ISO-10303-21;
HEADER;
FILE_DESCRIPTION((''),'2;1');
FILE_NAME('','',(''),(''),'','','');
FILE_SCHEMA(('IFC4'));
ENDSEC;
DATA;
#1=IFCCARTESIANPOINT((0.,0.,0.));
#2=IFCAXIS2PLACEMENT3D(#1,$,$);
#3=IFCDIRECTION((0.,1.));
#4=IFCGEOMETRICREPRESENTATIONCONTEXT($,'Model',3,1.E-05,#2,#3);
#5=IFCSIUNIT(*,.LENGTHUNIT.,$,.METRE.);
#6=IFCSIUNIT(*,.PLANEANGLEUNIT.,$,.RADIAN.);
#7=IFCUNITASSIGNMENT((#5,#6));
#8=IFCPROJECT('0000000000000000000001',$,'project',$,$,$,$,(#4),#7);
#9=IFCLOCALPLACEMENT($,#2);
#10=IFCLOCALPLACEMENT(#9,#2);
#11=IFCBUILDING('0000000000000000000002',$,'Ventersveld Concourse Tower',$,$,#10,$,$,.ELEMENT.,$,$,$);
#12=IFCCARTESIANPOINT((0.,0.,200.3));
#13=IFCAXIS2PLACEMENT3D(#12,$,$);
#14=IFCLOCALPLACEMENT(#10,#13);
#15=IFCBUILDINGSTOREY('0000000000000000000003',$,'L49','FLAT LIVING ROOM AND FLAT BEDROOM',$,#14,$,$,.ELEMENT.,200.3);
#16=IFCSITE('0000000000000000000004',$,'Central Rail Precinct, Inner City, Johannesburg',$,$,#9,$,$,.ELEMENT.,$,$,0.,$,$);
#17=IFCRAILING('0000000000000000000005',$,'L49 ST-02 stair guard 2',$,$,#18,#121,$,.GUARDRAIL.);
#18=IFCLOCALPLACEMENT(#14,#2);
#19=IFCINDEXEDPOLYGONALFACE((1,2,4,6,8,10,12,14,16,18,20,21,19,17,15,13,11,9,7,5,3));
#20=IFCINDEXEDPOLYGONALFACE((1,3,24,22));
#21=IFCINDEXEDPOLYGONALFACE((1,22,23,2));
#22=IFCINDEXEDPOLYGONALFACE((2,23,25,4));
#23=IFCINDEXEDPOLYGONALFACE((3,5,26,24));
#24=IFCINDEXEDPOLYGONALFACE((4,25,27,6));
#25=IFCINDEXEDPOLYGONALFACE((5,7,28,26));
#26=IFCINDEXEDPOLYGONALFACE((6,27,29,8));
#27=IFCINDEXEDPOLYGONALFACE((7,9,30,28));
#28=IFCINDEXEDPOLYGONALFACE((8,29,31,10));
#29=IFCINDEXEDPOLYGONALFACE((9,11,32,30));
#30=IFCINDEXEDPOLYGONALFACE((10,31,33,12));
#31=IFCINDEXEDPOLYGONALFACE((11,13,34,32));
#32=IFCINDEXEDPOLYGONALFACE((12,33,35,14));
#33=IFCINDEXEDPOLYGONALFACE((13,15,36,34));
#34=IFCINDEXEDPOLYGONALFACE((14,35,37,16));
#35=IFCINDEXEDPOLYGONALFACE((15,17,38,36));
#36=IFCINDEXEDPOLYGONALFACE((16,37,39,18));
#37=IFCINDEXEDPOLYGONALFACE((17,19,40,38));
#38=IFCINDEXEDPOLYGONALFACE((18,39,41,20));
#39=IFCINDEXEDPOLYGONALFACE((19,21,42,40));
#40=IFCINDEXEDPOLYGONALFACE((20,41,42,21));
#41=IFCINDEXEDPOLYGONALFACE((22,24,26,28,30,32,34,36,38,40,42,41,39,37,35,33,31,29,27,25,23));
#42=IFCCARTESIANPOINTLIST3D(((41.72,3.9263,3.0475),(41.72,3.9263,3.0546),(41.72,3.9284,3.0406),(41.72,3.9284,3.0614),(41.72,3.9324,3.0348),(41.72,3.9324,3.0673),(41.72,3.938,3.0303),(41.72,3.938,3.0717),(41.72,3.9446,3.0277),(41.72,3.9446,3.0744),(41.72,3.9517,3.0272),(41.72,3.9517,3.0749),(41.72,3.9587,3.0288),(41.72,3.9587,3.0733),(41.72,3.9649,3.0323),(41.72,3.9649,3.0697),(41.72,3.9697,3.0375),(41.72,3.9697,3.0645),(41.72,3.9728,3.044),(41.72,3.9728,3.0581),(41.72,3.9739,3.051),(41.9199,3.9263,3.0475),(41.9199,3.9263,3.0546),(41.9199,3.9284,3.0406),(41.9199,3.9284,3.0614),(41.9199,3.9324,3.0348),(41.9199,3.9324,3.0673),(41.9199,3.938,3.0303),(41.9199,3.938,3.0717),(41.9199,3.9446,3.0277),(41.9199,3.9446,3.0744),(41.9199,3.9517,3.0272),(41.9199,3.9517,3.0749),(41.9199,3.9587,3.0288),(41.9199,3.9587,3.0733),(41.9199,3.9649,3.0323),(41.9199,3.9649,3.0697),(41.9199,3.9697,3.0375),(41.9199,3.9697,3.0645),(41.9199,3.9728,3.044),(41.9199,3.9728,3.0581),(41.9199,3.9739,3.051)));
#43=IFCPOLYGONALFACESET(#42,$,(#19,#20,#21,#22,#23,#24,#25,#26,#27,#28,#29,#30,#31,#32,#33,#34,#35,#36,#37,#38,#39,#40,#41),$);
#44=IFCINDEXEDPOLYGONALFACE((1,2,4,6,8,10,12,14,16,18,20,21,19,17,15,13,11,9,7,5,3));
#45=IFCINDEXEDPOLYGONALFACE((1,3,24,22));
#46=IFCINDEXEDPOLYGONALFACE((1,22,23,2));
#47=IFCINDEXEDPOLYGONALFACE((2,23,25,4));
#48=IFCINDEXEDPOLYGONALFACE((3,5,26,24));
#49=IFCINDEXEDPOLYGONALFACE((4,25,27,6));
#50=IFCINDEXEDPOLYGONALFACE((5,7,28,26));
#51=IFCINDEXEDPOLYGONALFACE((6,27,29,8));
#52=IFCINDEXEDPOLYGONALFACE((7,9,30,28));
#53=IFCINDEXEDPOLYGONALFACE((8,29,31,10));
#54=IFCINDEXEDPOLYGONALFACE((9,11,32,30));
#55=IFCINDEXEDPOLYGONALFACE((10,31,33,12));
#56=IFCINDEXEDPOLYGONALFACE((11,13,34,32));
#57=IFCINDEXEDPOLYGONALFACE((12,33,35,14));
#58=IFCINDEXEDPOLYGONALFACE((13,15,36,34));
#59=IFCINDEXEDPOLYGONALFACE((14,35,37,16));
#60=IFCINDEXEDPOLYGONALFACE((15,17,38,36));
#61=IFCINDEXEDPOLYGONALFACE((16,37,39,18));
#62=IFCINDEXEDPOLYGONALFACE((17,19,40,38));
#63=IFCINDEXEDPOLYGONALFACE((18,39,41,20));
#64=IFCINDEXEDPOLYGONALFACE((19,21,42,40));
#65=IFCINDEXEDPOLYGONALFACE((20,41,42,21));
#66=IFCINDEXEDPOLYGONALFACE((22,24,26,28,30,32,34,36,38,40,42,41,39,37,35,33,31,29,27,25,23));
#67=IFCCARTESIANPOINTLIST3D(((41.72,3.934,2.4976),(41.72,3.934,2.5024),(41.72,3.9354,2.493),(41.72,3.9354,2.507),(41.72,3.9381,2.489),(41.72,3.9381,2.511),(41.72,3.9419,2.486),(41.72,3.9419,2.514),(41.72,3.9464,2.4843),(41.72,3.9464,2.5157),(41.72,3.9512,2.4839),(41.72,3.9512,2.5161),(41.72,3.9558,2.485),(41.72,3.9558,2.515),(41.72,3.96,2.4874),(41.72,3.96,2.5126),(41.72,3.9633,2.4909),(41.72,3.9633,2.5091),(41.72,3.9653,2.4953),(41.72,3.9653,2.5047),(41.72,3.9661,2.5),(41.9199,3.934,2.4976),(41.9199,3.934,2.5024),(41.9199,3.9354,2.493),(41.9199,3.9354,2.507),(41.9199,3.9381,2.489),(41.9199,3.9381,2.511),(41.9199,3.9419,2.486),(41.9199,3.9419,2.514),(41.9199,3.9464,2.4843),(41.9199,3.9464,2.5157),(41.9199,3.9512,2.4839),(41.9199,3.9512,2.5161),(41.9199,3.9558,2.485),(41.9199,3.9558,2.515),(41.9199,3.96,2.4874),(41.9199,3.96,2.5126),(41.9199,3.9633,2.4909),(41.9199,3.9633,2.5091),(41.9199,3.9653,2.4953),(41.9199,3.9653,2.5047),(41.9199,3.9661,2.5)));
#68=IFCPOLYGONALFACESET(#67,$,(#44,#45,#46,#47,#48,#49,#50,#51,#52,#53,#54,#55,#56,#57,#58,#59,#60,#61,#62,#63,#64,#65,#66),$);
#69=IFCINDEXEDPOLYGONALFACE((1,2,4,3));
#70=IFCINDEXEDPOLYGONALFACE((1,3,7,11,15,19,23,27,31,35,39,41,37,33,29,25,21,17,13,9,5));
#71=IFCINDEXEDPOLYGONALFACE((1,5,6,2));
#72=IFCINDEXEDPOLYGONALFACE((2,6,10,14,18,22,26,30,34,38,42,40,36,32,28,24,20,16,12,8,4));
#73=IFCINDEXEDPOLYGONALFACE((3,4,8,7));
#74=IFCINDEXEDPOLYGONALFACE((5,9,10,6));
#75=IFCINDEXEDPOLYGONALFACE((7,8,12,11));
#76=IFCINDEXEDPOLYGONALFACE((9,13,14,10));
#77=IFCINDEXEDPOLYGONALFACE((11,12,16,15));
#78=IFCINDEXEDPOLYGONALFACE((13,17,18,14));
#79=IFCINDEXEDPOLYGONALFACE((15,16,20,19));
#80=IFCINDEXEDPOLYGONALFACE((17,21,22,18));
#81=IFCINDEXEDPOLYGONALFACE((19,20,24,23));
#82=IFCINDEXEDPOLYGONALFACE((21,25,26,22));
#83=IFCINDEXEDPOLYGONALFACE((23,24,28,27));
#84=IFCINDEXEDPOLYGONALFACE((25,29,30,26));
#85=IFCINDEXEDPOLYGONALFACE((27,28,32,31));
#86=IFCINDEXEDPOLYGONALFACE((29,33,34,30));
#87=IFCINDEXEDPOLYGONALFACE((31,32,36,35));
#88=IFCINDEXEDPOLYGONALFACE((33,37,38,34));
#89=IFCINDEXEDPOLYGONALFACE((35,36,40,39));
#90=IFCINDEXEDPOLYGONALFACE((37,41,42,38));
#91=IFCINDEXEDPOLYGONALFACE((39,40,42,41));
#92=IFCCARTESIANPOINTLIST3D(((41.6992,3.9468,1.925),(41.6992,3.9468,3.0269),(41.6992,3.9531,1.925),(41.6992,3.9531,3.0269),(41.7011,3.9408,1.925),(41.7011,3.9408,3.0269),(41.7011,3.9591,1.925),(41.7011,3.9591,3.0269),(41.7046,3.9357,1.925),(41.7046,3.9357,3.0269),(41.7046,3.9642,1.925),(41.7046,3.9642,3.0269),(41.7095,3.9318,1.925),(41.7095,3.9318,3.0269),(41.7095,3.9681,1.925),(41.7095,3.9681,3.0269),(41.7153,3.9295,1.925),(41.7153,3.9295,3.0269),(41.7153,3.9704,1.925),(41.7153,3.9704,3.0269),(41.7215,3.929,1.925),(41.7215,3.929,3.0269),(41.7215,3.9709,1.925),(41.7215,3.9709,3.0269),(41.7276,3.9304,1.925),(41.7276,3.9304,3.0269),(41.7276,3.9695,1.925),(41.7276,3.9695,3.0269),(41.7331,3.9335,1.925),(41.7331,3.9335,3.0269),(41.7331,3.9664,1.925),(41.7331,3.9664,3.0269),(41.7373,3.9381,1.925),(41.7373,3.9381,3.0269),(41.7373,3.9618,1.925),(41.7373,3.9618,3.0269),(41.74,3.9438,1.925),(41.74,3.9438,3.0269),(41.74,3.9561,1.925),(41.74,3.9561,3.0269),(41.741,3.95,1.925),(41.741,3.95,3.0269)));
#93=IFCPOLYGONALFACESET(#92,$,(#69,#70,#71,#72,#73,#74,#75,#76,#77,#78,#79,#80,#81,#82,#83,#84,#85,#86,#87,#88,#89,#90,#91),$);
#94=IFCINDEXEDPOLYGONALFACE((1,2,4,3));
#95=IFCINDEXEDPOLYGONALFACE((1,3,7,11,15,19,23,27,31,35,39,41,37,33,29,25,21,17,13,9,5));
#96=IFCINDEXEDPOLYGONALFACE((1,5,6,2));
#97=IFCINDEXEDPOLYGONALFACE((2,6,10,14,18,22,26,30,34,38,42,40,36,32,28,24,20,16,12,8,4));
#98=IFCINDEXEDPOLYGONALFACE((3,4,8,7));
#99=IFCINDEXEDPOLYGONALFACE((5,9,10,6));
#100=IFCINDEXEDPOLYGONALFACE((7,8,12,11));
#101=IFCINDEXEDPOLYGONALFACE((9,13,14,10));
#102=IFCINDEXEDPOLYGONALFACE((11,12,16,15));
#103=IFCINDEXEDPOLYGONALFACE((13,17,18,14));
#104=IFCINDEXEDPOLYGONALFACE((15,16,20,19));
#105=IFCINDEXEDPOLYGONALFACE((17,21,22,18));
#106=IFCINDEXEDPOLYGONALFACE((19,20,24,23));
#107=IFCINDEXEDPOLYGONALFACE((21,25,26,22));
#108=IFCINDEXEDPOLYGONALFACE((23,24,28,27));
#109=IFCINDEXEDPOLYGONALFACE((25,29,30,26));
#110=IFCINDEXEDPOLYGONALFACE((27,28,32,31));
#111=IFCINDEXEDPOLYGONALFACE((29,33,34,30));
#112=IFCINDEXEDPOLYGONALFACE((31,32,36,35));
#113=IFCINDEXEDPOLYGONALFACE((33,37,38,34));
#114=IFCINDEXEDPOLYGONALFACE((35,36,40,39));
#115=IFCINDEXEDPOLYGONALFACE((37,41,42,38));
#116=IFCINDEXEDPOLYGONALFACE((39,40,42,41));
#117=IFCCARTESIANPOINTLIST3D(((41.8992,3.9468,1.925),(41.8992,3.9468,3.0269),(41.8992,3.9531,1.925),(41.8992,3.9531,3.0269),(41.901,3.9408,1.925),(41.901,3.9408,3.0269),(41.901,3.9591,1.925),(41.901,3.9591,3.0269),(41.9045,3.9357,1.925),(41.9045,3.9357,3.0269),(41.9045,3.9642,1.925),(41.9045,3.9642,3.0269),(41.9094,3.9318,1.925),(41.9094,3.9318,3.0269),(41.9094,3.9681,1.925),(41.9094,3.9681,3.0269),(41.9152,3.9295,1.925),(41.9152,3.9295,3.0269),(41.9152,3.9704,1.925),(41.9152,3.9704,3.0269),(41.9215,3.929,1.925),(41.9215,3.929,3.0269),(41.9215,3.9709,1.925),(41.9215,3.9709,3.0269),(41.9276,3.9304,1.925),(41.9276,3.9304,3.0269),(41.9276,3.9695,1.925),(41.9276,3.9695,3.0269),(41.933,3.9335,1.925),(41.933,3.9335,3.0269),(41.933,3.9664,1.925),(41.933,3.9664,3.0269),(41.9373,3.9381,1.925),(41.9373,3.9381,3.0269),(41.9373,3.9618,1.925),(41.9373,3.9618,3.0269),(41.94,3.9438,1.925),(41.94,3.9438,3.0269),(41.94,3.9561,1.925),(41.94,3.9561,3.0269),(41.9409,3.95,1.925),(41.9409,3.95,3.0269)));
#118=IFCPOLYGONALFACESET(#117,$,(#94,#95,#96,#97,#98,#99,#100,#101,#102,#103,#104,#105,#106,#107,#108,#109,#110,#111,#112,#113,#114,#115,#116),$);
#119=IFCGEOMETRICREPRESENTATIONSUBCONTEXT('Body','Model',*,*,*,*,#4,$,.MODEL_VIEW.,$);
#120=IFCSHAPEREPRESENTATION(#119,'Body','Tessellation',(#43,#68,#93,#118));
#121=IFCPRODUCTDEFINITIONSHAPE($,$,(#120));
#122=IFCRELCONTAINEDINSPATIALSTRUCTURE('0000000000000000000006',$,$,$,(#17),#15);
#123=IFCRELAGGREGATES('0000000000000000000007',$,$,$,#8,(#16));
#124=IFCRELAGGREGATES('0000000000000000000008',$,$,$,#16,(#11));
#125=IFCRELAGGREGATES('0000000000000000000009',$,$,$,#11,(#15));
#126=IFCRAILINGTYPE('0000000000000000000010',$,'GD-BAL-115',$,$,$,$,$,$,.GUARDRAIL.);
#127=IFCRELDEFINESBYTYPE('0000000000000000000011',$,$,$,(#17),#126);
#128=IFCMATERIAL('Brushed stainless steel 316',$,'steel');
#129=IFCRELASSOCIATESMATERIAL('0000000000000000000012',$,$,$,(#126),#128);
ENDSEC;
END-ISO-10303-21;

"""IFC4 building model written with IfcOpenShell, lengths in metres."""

from ifc_helpers import new_model, si_unit, direction, frame, origin, origin_2d, place, context, subcontext, project, spatial, circle, extrude, material, type_object, element, save


model = new_model("IFC4")

# Units and contexts
model_context = context("Model", 3, precision=1e-05, world=origin(), true_north=direction((0.0, 1.0)))
body_context = subcontext(model_context, "Body", "Model", "MODEL_VIEW")
ifc_project = project(units=[si_unit("LENGTHUNIT", "METRE"), si_unit("PLANEANGLEUNIT", "RADIAN")], contexts=[model_context])

# Site, building, storey
site_placement = place(None, origin())
site = spatial("IfcSite", under=ifc_project, at=site_placement, Name="Central Rail Precinct, Inner City, Johannesburg", CompositionType="ELEMENT", RefElevation=0.0)
building_placement = place(site_placement, origin())
building = spatial("IfcBuilding", under=site, at=building_placement, Name="Ventersveld Concourse Tower", CompositionType="ELEMENT")
storey_placement = place(building_placement, frame((0.0, 0.0, 200.3)))
storey = spatial("IfcBuildingStorey", under=building, at=storey_placement, Name="L49", Description="FLAT LIVING ROOM AND FLAT BEDROOM", CompositionType="ELEMENT", Elevation=200.3)

# Railing
ifc_material_1 = material(Name="Brushed stainless steel 316", Category="steel")
railing_type_1 = type_object("IfcRailingType", Name="GD-BAL-115", PredefinedType="GUARDRAIL", material=ifc_material_1)
railing_1_placement = place(storey_placement, frame((41.72, 3.95, 1.925)))
element("IfcRailing", 1, at=railing_1_placement, inside=storey, type_object=railing_type_1, Name="L49 ST-02 stair guard 2", PredefinedType="GUARDRAIL", context=body_context, shape_type="SweptSolid", body=[
    extrude(circle(Radius=0.0239, at=origin_2d()), frame((0.0, 0.0, 1.126), z_axis=(1.0, 0.0, 0.0), x_axis=(0.0, 1.0, 0.0)), (0.0, 0.0, 1.0), 0.2),
    extrude(circle(Radius=0.0161, at=origin_2d()), frame((0.0, 0.0, 0.575), z_axis=(1.0, 0.0, 0.0), x_axis=(0.0, 1.0, 0.0)), (0.0, 0.0, 1.0), 0.2),
    extrude(circle(Radius=0.021, at=origin_2d()), origin(), (0.0, 0.0, 1.0), 1.1018),
    extrude(circle(Radius=0.021, at=origin_2d()), frame((0.2, 0.0, 0.0)), (0.0, 0.0, 1.0), 1.1018),
])

save(model, "model.ifc")
